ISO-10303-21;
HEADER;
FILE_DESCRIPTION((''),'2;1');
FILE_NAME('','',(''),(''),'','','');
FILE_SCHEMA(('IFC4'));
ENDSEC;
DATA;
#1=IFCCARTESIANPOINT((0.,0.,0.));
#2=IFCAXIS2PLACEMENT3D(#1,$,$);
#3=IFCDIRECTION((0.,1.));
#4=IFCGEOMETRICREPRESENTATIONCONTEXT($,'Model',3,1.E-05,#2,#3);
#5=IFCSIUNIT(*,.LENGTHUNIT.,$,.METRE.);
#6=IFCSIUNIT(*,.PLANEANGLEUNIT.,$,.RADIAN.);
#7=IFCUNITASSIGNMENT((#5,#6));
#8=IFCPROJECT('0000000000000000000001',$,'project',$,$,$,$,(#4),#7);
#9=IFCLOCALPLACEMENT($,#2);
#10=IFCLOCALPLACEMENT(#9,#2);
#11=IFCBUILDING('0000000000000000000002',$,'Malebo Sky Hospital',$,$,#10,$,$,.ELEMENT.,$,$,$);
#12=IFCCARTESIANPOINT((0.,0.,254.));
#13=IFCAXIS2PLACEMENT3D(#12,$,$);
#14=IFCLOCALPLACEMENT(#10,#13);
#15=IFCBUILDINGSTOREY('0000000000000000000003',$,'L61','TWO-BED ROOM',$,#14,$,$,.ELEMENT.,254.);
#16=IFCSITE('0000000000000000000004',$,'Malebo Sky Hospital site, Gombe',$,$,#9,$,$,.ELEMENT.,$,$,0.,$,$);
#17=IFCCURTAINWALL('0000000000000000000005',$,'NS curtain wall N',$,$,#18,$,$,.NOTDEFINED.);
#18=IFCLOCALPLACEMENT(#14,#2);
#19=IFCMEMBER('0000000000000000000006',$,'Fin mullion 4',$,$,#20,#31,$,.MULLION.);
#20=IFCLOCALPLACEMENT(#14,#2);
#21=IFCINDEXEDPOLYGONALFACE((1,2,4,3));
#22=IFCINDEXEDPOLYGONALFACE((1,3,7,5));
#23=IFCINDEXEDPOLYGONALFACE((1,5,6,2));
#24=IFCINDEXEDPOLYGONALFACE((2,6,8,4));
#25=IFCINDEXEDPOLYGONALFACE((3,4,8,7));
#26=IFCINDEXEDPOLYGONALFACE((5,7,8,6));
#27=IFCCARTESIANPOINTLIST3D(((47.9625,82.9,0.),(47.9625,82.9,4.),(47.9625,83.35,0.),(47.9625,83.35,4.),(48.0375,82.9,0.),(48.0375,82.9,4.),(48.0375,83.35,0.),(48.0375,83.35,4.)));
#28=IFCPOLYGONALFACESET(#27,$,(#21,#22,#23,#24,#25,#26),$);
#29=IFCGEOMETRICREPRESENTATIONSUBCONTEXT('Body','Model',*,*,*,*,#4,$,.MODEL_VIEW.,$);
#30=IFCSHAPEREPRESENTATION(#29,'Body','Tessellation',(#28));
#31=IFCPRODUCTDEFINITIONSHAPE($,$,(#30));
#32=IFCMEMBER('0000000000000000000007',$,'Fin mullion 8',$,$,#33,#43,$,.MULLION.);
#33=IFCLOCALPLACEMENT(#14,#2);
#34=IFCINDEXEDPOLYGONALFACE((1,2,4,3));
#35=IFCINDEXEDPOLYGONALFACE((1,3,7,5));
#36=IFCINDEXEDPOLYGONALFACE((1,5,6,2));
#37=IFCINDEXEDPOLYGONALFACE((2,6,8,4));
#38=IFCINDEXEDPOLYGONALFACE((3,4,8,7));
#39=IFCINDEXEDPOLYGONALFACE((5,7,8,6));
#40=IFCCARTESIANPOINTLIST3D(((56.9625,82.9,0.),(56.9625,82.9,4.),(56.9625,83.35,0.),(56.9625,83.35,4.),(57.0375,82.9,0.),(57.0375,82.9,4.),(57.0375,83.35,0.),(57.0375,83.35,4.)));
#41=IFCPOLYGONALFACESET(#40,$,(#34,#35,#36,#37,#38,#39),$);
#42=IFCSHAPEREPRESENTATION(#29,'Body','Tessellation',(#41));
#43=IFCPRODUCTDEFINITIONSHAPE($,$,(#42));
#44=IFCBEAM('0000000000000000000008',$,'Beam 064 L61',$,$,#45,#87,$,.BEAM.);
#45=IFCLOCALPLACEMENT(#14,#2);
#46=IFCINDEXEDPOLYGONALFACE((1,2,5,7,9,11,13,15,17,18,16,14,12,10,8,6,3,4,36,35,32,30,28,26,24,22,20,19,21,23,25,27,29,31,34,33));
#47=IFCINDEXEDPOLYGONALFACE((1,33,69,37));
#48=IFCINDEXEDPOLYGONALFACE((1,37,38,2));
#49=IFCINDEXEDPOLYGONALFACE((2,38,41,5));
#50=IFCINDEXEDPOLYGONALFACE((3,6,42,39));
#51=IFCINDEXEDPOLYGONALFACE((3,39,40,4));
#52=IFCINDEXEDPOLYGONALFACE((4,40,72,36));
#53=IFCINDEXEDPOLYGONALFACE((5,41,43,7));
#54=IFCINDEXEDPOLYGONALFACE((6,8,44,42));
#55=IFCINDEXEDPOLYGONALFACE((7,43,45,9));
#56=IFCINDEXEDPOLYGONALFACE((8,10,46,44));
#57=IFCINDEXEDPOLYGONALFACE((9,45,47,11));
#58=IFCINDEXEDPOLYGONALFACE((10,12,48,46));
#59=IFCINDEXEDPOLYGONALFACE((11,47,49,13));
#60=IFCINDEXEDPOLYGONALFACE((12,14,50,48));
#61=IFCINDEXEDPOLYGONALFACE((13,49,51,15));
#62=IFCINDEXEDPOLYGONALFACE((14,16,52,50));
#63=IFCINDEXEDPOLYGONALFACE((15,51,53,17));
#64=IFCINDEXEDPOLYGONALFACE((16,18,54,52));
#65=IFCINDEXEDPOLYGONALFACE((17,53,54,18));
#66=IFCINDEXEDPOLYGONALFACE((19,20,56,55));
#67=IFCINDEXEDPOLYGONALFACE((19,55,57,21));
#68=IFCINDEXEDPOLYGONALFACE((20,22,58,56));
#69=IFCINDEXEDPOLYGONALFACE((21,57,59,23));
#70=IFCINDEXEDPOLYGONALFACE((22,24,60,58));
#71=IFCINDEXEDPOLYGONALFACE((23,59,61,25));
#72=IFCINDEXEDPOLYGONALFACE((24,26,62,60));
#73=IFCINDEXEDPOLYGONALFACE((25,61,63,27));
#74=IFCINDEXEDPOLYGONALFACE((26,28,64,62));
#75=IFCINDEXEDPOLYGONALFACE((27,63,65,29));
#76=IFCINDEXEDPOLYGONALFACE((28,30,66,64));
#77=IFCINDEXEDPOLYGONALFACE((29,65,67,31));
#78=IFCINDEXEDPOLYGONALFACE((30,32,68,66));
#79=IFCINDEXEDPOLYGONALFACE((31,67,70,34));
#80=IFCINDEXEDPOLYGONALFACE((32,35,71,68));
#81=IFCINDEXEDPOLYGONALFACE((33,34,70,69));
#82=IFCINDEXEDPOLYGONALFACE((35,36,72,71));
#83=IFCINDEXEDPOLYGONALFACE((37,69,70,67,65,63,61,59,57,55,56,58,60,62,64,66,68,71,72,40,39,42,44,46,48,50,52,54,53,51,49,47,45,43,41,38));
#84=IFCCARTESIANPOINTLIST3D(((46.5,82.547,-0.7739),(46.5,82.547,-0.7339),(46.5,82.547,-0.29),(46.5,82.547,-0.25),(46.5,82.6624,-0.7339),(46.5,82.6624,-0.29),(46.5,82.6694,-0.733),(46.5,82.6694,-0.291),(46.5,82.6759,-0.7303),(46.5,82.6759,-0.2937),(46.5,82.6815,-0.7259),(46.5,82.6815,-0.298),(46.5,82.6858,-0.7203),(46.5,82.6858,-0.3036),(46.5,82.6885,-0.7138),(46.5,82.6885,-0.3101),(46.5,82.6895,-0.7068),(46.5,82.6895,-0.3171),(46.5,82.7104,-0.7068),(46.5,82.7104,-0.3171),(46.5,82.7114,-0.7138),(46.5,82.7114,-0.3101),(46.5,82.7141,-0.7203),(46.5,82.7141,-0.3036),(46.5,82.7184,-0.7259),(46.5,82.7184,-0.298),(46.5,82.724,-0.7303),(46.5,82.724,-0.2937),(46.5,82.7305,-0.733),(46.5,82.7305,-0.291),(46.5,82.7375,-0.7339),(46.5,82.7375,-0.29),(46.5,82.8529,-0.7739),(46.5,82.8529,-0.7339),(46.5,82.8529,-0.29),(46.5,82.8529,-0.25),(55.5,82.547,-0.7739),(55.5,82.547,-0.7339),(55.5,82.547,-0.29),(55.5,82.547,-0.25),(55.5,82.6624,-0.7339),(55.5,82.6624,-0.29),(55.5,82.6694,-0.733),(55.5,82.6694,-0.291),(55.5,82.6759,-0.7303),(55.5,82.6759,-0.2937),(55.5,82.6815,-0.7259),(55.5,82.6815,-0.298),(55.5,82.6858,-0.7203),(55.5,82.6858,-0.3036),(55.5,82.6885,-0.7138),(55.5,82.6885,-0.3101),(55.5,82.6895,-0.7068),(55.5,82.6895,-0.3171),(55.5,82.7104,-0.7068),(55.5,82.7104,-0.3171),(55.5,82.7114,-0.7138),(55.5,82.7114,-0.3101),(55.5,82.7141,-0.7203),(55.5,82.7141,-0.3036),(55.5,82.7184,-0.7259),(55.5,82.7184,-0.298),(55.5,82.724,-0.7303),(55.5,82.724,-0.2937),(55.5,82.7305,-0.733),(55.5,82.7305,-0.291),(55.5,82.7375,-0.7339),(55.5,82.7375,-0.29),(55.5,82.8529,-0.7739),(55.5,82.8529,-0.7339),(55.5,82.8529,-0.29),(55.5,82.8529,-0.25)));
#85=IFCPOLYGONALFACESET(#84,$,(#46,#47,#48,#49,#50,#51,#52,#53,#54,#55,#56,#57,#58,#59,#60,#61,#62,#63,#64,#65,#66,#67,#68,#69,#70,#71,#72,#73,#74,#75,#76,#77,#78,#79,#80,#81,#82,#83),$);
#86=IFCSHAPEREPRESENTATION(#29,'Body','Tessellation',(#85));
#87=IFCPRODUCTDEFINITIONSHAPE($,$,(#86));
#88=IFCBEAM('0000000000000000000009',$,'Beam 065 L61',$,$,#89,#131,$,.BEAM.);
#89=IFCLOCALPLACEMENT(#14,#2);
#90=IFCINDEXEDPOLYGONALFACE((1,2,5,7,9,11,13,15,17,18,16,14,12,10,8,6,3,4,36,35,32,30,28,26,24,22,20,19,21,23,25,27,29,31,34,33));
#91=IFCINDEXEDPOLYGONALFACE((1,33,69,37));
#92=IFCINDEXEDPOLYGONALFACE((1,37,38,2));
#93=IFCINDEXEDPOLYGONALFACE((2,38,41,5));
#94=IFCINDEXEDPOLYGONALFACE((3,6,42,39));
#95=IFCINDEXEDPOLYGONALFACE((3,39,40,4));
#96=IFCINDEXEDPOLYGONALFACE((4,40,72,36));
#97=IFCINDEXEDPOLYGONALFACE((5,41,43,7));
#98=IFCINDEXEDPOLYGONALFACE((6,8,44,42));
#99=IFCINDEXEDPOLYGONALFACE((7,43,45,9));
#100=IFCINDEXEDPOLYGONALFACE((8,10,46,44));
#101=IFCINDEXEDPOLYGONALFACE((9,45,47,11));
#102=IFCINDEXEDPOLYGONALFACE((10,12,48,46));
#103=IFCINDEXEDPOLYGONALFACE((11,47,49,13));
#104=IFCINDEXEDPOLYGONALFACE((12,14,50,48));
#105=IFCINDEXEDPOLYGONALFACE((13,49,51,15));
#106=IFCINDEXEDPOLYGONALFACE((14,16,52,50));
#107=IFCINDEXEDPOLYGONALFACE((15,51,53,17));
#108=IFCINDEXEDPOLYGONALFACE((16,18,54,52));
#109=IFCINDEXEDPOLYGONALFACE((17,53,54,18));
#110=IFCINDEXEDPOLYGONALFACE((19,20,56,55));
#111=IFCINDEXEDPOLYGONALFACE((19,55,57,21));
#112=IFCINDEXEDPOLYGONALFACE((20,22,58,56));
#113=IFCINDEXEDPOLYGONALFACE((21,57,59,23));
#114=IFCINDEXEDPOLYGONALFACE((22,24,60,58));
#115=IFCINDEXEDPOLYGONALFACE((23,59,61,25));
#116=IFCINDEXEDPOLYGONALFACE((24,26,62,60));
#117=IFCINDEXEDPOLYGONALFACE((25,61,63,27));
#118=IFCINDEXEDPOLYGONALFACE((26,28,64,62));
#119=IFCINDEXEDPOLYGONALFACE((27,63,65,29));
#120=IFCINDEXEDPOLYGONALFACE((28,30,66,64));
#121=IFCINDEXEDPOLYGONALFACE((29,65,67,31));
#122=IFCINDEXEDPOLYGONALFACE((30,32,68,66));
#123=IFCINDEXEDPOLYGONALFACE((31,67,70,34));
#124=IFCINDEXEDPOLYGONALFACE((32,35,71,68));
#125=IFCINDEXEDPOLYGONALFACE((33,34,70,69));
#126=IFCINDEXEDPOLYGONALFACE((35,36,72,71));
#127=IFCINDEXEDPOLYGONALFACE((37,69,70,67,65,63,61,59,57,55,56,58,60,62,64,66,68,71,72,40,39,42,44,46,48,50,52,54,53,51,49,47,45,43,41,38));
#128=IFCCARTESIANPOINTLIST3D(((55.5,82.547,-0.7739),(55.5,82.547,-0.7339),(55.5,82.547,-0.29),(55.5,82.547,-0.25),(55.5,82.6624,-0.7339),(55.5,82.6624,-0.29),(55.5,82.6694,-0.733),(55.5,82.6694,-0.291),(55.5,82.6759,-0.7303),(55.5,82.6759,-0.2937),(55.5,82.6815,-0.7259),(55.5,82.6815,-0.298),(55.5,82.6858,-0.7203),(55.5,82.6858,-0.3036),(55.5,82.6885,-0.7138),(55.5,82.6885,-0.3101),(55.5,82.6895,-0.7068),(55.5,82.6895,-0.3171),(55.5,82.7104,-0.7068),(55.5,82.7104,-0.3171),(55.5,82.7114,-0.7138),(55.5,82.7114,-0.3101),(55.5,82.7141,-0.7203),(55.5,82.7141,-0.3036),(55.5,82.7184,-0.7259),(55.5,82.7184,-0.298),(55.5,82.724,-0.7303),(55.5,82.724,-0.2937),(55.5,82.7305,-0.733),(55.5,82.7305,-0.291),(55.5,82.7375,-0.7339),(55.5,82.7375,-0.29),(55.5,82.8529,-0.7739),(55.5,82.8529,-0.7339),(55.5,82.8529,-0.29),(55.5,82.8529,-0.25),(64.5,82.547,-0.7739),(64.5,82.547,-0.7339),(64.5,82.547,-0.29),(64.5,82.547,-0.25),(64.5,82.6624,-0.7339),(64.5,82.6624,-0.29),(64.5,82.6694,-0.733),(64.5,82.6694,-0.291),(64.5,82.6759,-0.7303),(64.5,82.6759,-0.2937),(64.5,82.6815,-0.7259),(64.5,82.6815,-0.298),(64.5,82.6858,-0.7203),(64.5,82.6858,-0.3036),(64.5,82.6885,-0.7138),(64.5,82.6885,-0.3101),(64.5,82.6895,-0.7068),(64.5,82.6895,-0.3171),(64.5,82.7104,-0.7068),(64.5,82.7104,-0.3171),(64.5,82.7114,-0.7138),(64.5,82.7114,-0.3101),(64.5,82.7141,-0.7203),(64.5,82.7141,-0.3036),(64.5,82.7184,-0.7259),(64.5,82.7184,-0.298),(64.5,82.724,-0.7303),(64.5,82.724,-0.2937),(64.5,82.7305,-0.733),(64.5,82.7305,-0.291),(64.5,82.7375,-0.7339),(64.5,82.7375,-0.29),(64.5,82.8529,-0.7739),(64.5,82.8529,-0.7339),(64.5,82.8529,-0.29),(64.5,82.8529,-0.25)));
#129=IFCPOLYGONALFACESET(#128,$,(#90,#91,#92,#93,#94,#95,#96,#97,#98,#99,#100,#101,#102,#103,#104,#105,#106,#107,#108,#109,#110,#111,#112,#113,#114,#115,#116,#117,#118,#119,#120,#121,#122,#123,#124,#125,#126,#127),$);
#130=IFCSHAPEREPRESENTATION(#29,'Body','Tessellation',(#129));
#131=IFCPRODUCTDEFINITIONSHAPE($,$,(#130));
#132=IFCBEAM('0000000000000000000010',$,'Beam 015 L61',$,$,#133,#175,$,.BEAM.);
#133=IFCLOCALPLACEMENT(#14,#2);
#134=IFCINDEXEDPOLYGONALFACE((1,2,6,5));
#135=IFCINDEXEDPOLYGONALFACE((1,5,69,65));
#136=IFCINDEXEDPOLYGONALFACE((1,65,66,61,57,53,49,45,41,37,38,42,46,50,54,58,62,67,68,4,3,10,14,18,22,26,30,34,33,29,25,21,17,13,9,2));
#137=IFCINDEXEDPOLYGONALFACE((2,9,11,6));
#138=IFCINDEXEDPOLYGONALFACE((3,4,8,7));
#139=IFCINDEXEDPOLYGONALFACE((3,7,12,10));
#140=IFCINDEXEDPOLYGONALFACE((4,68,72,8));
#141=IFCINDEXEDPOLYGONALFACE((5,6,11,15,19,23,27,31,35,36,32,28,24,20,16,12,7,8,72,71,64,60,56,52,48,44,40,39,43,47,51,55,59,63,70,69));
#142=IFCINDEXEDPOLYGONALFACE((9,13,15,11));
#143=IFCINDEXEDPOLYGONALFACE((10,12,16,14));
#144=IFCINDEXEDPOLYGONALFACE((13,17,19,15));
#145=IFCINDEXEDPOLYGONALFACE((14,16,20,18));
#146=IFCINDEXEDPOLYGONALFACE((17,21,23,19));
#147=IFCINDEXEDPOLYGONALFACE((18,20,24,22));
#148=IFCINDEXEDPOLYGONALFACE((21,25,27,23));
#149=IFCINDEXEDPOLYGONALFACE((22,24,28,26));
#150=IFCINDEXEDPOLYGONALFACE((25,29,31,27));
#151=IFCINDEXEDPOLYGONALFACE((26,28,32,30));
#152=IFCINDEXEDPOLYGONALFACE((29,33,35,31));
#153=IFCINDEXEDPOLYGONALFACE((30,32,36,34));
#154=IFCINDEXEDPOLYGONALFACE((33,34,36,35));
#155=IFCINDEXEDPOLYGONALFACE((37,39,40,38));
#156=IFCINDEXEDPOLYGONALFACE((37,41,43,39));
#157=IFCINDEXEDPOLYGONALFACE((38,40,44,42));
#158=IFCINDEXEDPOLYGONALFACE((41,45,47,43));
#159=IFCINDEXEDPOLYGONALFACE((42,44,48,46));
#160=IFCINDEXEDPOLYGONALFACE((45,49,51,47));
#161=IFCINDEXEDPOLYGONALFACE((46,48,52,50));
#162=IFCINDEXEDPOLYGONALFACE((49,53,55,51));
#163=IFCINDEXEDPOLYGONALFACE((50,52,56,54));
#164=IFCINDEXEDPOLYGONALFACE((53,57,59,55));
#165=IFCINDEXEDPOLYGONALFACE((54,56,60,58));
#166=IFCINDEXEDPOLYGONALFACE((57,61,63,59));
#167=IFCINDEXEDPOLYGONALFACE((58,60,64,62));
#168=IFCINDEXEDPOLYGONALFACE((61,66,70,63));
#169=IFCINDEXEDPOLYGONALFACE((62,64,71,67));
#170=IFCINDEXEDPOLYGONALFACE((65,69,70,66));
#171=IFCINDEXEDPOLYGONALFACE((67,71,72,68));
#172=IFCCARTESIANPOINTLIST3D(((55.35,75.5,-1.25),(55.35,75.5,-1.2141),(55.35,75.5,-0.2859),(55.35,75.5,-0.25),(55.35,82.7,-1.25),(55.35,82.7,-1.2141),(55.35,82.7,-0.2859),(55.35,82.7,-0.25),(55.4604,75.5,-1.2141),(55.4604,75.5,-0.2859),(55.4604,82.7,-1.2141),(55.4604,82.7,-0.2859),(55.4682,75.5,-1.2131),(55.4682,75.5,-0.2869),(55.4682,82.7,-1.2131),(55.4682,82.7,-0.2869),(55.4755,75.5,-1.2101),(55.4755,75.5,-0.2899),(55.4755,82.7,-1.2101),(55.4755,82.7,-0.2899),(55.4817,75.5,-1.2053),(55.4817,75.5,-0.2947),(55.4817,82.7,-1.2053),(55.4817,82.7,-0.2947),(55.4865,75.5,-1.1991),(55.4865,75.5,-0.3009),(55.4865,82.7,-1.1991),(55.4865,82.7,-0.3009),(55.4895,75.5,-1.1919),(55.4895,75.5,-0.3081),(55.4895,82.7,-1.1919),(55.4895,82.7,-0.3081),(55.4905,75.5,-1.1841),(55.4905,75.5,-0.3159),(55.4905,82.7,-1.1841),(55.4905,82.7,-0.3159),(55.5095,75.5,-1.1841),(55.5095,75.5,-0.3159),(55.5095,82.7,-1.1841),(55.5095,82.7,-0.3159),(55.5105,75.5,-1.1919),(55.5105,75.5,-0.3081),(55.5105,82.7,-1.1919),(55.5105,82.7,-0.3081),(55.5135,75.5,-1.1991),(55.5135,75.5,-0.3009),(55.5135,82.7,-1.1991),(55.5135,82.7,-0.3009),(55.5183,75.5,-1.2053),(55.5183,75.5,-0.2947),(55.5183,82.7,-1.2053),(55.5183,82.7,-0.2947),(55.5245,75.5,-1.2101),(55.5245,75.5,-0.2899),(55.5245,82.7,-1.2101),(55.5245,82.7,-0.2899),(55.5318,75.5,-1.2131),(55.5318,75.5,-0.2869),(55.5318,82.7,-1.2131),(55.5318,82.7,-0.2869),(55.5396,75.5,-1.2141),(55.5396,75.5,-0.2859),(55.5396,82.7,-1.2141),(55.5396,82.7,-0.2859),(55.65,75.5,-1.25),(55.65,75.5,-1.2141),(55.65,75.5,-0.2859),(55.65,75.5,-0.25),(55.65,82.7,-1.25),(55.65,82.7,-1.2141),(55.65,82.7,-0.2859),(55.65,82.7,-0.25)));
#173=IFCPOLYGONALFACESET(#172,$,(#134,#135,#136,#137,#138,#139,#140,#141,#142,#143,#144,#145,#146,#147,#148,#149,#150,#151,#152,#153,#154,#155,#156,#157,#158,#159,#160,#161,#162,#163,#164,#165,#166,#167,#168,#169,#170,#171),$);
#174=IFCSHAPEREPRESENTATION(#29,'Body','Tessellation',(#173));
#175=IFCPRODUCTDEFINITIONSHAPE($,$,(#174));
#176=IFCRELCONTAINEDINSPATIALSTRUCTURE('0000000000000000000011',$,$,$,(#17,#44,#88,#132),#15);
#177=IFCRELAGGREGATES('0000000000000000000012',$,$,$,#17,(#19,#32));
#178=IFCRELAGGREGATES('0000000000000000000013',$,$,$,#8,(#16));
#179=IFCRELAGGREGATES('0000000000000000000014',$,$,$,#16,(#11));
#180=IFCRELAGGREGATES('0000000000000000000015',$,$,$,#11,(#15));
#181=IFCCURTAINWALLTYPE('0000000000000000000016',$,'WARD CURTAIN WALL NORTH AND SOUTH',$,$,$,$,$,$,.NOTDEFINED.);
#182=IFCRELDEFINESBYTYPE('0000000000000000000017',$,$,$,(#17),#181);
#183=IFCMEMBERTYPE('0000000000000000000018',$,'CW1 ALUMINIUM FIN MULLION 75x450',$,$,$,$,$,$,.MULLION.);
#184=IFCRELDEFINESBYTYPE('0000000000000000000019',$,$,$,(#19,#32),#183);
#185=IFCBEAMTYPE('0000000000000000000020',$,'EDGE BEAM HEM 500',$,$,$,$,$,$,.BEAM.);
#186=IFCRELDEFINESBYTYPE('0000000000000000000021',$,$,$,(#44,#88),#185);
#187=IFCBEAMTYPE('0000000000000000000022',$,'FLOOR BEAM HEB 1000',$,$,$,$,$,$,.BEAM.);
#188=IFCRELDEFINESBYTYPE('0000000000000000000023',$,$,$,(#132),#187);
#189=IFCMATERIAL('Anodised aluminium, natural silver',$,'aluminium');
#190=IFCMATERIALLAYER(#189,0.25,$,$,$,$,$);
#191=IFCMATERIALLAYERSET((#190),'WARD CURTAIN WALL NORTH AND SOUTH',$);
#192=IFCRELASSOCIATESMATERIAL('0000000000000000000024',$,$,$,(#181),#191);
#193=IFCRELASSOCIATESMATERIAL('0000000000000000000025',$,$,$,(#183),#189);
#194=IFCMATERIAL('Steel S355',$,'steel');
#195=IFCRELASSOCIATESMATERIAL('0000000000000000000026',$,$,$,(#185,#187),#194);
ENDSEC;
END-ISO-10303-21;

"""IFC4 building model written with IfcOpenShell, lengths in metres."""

from ifc_helpers import new_model, si_unit, direction, frame, origin, origin_2d, place, context, subcontext, project, spatial, rectangle, i_section, extrude, material, layer, layer_set, material_profile, profile_set, type_object, element, aggregate, save


model = new_model("IFC4")

# Units and contexts
model_context = context("Model", 3, precision=1e-05, world=origin(), true_north=direction((0.0, 1.0)))
body_context = subcontext(model_context, "Body", "Model", "MODEL_VIEW")
ifc_project = project(units=[si_unit("LENGTHUNIT", "METRE"), si_unit("PLANEANGLEUNIT", "RADIAN")], contexts=[model_context])

# Site, building, storey
site_placement = place(None, origin())
site = spatial("IfcSite", under=ifc_project, at=site_placement, Name="Malebo Sky Hospital site, Gombe", CompositionType="ELEMENT", RefElevation=0.0)
building_placement = place(site_placement, origin())
building = spatial("IfcBuilding", under=site, at=building_placement, Name="Malebo Sky Hospital", CompositionType="ELEMENT")
storey_placement = place(building_placement, frame((0.0, 0.0, 254.0)))
storey = spatial("IfcBuildingStorey", under=building, at=storey_placement, Name="L61", Description="TWO-BED ROOM", CompositionType="ELEMENT", Elevation=254.0)

# Curtain wall, members
ifc_material_1 = material(Name="Anodised aluminium, natural silver", Category="aluminium")
ifc_layer_1 = layer(ifc_material_1, 0.25)
ifc_layer_set_1 = layer_set([ifc_layer_1], Name="WARD CURTAIN WALL NORTH AND SOUTH")
curtain_wall_type = type_object("IfcCurtainWallType", Name="WARD CURTAIN WALL NORTH AND SOUTH", PredefinedType="NOTDEFINED", material=ifc_layer_set_1)
curtain_wall_placement = place(storey_placement, origin())
curtain_wall = element("IfcCurtainWall", 1, at=curtain_wall_placement, inside=storey, type_object=curtain_wall_type, Name="NS curtain wall N", PredefinedType="NOTDEFINED")
ifc_material_profile_1 = material_profile(ifc_material_1, rectangle(XDim=0.075, YDim=0.45, at=origin_2d()), Name="CW1 ALUMINIUM FIN MULLION 75x450")
ifc_profile_set_1 = profile_set([ifc_material_profile_1], Name="Anodised aluminium, natural silver")
member_type_1 = type_object("IfcMemberType", Name="CW1 ALUMINIUM FIN MULLION 75x450", PredefinedType="MULLION", material=ifc_profile_set_1)
member_1_placement = place(storey_placement, frame((48.0, 83.125, 0.0), z_axis=(0.0, 0.0, 1.0), x_axis=(1.0, 0.0, 0.0)))
member_1 = element("IfcMember", 2, at=member_1_placement, type_object=member_type_1, Name="Fin mullion 4", PredefinedType="MULLION", context=body_context, shape_type="SweptSolid", body=[
    extrude(rectangle(XDim=0.075, YDim=0.45, at=origin_2d()), origin(), (0.0, 0.0, 1.0), 4.0),
])
member_2_placement = place(storey_placement, frame((57.0, 83.125, 0.0), z_axis=(0.0, 0.0, 1.0), x_axis=(1.0, 0.0, 0.0)))
member_2 = element("IfcMember", 3, at=member_2_placement, type_object=member_type_1, Name="Fin mullion 8", PredefinedType="MULLION", context=body_context, shape_type="SweptSolid", body=[
    extrude(rectangle(XDim=0.075, YDim=0.45, at=origin_2d()), origin(), (0.0, 0.0, 1.0), 4.0),
])

# Beams
ifc_material_2 = material(Name="Steel S355", Category="steel")
ifc_material_profile_2 = material_profile(ifc_material_2, i_section(OverallWidth=0.3059, OverallDepth=0.5239, WebThickness=0.021, FlangeThickness=0.04, FilletRadius=0.0271, at=origin_2d()), Name="HEM 500")
ifc_profile_set_2 = profile_set([ifc_material_profile_2], Name="Steel S355")
beam_type_1 = type_object("IfcBeamType", Name="EDGE BEAM HEM 500", PredefinedType="BEAM", material=ifc_profile_set_2)
for number, where, z_axis, x_axis, name in (
    (4, (46.5, 82.7, -0.512), (1.0, 0.0, 0.0), (0.0, 1.0, 0.0), "Beam 064 L61"),
    (5, (55.5, 82.7, -0.512), (1.0, 0.0, 0.0), (0.0, 1.0, 0.0), "Beam 065 L61"),
):
    element("IfcBeam", number, at=place(storey_placement, frame(where, z_axis=z_axis, x_axis=x_axis)), inside=storey, type_object=beam_type_1, Name=name, PredefinedType="BEAM", context=body_context, shape_type="SweptSolid", body=[
        extrude(i_section(OverallWidth=0.3059, OverallDepth=0.5239, WebThickness=0.021, FlangeThickness=0.04, FilletRadius=0.0271, at=origin_2d()), origin(), (0.0, 0.0, 1.0), 9.0),
    ])
ifc_material_profile_3 = material_profile(ifc_material_2, i_section(OverallWidth=0.3, OverallDepth=1.0, WebThickness=0.019, FlangeThickness=0.0359, FilletRadius=0.03, at=origin_2d()), Name="HEB 1000")
ifc_profile_set_3 = profile_set([ifc_material_profile_3], Name="Steel S355")
beam_type_2 = type_object("IfcBeamType", Name="FLOOR BEAM HEB 1000", PredefinedType="BEAM", material=ifc_profile_set_3)
beam_1_placement = place(storey_placement, frame((55.5, 75.5, -0.75), z_axis=(0.0, 1.0, 0.0), x_axis=(-1.0, 0.0, 0.0)))
element("IfcBeam", 6, at=beam_1_placement, inside=storey, type_object=beam_type_2, Name="Beam 015 L61", PredefinedType="BEAM", context=body_context, shape_type="SweptSolid", body=[
    extrude(i_section(OverallWidth=0.3, OverallDepth=1.0, WebThickness=0.019, FlangeThickness=0.0359, FilletRadius=0.03, at=origin_2d()), origin(), (0.0, 0.0, 1.0), 7.2),
])

aggregate(curtain_wall, [member_1, member_2])

save(model, "model.ifc")
